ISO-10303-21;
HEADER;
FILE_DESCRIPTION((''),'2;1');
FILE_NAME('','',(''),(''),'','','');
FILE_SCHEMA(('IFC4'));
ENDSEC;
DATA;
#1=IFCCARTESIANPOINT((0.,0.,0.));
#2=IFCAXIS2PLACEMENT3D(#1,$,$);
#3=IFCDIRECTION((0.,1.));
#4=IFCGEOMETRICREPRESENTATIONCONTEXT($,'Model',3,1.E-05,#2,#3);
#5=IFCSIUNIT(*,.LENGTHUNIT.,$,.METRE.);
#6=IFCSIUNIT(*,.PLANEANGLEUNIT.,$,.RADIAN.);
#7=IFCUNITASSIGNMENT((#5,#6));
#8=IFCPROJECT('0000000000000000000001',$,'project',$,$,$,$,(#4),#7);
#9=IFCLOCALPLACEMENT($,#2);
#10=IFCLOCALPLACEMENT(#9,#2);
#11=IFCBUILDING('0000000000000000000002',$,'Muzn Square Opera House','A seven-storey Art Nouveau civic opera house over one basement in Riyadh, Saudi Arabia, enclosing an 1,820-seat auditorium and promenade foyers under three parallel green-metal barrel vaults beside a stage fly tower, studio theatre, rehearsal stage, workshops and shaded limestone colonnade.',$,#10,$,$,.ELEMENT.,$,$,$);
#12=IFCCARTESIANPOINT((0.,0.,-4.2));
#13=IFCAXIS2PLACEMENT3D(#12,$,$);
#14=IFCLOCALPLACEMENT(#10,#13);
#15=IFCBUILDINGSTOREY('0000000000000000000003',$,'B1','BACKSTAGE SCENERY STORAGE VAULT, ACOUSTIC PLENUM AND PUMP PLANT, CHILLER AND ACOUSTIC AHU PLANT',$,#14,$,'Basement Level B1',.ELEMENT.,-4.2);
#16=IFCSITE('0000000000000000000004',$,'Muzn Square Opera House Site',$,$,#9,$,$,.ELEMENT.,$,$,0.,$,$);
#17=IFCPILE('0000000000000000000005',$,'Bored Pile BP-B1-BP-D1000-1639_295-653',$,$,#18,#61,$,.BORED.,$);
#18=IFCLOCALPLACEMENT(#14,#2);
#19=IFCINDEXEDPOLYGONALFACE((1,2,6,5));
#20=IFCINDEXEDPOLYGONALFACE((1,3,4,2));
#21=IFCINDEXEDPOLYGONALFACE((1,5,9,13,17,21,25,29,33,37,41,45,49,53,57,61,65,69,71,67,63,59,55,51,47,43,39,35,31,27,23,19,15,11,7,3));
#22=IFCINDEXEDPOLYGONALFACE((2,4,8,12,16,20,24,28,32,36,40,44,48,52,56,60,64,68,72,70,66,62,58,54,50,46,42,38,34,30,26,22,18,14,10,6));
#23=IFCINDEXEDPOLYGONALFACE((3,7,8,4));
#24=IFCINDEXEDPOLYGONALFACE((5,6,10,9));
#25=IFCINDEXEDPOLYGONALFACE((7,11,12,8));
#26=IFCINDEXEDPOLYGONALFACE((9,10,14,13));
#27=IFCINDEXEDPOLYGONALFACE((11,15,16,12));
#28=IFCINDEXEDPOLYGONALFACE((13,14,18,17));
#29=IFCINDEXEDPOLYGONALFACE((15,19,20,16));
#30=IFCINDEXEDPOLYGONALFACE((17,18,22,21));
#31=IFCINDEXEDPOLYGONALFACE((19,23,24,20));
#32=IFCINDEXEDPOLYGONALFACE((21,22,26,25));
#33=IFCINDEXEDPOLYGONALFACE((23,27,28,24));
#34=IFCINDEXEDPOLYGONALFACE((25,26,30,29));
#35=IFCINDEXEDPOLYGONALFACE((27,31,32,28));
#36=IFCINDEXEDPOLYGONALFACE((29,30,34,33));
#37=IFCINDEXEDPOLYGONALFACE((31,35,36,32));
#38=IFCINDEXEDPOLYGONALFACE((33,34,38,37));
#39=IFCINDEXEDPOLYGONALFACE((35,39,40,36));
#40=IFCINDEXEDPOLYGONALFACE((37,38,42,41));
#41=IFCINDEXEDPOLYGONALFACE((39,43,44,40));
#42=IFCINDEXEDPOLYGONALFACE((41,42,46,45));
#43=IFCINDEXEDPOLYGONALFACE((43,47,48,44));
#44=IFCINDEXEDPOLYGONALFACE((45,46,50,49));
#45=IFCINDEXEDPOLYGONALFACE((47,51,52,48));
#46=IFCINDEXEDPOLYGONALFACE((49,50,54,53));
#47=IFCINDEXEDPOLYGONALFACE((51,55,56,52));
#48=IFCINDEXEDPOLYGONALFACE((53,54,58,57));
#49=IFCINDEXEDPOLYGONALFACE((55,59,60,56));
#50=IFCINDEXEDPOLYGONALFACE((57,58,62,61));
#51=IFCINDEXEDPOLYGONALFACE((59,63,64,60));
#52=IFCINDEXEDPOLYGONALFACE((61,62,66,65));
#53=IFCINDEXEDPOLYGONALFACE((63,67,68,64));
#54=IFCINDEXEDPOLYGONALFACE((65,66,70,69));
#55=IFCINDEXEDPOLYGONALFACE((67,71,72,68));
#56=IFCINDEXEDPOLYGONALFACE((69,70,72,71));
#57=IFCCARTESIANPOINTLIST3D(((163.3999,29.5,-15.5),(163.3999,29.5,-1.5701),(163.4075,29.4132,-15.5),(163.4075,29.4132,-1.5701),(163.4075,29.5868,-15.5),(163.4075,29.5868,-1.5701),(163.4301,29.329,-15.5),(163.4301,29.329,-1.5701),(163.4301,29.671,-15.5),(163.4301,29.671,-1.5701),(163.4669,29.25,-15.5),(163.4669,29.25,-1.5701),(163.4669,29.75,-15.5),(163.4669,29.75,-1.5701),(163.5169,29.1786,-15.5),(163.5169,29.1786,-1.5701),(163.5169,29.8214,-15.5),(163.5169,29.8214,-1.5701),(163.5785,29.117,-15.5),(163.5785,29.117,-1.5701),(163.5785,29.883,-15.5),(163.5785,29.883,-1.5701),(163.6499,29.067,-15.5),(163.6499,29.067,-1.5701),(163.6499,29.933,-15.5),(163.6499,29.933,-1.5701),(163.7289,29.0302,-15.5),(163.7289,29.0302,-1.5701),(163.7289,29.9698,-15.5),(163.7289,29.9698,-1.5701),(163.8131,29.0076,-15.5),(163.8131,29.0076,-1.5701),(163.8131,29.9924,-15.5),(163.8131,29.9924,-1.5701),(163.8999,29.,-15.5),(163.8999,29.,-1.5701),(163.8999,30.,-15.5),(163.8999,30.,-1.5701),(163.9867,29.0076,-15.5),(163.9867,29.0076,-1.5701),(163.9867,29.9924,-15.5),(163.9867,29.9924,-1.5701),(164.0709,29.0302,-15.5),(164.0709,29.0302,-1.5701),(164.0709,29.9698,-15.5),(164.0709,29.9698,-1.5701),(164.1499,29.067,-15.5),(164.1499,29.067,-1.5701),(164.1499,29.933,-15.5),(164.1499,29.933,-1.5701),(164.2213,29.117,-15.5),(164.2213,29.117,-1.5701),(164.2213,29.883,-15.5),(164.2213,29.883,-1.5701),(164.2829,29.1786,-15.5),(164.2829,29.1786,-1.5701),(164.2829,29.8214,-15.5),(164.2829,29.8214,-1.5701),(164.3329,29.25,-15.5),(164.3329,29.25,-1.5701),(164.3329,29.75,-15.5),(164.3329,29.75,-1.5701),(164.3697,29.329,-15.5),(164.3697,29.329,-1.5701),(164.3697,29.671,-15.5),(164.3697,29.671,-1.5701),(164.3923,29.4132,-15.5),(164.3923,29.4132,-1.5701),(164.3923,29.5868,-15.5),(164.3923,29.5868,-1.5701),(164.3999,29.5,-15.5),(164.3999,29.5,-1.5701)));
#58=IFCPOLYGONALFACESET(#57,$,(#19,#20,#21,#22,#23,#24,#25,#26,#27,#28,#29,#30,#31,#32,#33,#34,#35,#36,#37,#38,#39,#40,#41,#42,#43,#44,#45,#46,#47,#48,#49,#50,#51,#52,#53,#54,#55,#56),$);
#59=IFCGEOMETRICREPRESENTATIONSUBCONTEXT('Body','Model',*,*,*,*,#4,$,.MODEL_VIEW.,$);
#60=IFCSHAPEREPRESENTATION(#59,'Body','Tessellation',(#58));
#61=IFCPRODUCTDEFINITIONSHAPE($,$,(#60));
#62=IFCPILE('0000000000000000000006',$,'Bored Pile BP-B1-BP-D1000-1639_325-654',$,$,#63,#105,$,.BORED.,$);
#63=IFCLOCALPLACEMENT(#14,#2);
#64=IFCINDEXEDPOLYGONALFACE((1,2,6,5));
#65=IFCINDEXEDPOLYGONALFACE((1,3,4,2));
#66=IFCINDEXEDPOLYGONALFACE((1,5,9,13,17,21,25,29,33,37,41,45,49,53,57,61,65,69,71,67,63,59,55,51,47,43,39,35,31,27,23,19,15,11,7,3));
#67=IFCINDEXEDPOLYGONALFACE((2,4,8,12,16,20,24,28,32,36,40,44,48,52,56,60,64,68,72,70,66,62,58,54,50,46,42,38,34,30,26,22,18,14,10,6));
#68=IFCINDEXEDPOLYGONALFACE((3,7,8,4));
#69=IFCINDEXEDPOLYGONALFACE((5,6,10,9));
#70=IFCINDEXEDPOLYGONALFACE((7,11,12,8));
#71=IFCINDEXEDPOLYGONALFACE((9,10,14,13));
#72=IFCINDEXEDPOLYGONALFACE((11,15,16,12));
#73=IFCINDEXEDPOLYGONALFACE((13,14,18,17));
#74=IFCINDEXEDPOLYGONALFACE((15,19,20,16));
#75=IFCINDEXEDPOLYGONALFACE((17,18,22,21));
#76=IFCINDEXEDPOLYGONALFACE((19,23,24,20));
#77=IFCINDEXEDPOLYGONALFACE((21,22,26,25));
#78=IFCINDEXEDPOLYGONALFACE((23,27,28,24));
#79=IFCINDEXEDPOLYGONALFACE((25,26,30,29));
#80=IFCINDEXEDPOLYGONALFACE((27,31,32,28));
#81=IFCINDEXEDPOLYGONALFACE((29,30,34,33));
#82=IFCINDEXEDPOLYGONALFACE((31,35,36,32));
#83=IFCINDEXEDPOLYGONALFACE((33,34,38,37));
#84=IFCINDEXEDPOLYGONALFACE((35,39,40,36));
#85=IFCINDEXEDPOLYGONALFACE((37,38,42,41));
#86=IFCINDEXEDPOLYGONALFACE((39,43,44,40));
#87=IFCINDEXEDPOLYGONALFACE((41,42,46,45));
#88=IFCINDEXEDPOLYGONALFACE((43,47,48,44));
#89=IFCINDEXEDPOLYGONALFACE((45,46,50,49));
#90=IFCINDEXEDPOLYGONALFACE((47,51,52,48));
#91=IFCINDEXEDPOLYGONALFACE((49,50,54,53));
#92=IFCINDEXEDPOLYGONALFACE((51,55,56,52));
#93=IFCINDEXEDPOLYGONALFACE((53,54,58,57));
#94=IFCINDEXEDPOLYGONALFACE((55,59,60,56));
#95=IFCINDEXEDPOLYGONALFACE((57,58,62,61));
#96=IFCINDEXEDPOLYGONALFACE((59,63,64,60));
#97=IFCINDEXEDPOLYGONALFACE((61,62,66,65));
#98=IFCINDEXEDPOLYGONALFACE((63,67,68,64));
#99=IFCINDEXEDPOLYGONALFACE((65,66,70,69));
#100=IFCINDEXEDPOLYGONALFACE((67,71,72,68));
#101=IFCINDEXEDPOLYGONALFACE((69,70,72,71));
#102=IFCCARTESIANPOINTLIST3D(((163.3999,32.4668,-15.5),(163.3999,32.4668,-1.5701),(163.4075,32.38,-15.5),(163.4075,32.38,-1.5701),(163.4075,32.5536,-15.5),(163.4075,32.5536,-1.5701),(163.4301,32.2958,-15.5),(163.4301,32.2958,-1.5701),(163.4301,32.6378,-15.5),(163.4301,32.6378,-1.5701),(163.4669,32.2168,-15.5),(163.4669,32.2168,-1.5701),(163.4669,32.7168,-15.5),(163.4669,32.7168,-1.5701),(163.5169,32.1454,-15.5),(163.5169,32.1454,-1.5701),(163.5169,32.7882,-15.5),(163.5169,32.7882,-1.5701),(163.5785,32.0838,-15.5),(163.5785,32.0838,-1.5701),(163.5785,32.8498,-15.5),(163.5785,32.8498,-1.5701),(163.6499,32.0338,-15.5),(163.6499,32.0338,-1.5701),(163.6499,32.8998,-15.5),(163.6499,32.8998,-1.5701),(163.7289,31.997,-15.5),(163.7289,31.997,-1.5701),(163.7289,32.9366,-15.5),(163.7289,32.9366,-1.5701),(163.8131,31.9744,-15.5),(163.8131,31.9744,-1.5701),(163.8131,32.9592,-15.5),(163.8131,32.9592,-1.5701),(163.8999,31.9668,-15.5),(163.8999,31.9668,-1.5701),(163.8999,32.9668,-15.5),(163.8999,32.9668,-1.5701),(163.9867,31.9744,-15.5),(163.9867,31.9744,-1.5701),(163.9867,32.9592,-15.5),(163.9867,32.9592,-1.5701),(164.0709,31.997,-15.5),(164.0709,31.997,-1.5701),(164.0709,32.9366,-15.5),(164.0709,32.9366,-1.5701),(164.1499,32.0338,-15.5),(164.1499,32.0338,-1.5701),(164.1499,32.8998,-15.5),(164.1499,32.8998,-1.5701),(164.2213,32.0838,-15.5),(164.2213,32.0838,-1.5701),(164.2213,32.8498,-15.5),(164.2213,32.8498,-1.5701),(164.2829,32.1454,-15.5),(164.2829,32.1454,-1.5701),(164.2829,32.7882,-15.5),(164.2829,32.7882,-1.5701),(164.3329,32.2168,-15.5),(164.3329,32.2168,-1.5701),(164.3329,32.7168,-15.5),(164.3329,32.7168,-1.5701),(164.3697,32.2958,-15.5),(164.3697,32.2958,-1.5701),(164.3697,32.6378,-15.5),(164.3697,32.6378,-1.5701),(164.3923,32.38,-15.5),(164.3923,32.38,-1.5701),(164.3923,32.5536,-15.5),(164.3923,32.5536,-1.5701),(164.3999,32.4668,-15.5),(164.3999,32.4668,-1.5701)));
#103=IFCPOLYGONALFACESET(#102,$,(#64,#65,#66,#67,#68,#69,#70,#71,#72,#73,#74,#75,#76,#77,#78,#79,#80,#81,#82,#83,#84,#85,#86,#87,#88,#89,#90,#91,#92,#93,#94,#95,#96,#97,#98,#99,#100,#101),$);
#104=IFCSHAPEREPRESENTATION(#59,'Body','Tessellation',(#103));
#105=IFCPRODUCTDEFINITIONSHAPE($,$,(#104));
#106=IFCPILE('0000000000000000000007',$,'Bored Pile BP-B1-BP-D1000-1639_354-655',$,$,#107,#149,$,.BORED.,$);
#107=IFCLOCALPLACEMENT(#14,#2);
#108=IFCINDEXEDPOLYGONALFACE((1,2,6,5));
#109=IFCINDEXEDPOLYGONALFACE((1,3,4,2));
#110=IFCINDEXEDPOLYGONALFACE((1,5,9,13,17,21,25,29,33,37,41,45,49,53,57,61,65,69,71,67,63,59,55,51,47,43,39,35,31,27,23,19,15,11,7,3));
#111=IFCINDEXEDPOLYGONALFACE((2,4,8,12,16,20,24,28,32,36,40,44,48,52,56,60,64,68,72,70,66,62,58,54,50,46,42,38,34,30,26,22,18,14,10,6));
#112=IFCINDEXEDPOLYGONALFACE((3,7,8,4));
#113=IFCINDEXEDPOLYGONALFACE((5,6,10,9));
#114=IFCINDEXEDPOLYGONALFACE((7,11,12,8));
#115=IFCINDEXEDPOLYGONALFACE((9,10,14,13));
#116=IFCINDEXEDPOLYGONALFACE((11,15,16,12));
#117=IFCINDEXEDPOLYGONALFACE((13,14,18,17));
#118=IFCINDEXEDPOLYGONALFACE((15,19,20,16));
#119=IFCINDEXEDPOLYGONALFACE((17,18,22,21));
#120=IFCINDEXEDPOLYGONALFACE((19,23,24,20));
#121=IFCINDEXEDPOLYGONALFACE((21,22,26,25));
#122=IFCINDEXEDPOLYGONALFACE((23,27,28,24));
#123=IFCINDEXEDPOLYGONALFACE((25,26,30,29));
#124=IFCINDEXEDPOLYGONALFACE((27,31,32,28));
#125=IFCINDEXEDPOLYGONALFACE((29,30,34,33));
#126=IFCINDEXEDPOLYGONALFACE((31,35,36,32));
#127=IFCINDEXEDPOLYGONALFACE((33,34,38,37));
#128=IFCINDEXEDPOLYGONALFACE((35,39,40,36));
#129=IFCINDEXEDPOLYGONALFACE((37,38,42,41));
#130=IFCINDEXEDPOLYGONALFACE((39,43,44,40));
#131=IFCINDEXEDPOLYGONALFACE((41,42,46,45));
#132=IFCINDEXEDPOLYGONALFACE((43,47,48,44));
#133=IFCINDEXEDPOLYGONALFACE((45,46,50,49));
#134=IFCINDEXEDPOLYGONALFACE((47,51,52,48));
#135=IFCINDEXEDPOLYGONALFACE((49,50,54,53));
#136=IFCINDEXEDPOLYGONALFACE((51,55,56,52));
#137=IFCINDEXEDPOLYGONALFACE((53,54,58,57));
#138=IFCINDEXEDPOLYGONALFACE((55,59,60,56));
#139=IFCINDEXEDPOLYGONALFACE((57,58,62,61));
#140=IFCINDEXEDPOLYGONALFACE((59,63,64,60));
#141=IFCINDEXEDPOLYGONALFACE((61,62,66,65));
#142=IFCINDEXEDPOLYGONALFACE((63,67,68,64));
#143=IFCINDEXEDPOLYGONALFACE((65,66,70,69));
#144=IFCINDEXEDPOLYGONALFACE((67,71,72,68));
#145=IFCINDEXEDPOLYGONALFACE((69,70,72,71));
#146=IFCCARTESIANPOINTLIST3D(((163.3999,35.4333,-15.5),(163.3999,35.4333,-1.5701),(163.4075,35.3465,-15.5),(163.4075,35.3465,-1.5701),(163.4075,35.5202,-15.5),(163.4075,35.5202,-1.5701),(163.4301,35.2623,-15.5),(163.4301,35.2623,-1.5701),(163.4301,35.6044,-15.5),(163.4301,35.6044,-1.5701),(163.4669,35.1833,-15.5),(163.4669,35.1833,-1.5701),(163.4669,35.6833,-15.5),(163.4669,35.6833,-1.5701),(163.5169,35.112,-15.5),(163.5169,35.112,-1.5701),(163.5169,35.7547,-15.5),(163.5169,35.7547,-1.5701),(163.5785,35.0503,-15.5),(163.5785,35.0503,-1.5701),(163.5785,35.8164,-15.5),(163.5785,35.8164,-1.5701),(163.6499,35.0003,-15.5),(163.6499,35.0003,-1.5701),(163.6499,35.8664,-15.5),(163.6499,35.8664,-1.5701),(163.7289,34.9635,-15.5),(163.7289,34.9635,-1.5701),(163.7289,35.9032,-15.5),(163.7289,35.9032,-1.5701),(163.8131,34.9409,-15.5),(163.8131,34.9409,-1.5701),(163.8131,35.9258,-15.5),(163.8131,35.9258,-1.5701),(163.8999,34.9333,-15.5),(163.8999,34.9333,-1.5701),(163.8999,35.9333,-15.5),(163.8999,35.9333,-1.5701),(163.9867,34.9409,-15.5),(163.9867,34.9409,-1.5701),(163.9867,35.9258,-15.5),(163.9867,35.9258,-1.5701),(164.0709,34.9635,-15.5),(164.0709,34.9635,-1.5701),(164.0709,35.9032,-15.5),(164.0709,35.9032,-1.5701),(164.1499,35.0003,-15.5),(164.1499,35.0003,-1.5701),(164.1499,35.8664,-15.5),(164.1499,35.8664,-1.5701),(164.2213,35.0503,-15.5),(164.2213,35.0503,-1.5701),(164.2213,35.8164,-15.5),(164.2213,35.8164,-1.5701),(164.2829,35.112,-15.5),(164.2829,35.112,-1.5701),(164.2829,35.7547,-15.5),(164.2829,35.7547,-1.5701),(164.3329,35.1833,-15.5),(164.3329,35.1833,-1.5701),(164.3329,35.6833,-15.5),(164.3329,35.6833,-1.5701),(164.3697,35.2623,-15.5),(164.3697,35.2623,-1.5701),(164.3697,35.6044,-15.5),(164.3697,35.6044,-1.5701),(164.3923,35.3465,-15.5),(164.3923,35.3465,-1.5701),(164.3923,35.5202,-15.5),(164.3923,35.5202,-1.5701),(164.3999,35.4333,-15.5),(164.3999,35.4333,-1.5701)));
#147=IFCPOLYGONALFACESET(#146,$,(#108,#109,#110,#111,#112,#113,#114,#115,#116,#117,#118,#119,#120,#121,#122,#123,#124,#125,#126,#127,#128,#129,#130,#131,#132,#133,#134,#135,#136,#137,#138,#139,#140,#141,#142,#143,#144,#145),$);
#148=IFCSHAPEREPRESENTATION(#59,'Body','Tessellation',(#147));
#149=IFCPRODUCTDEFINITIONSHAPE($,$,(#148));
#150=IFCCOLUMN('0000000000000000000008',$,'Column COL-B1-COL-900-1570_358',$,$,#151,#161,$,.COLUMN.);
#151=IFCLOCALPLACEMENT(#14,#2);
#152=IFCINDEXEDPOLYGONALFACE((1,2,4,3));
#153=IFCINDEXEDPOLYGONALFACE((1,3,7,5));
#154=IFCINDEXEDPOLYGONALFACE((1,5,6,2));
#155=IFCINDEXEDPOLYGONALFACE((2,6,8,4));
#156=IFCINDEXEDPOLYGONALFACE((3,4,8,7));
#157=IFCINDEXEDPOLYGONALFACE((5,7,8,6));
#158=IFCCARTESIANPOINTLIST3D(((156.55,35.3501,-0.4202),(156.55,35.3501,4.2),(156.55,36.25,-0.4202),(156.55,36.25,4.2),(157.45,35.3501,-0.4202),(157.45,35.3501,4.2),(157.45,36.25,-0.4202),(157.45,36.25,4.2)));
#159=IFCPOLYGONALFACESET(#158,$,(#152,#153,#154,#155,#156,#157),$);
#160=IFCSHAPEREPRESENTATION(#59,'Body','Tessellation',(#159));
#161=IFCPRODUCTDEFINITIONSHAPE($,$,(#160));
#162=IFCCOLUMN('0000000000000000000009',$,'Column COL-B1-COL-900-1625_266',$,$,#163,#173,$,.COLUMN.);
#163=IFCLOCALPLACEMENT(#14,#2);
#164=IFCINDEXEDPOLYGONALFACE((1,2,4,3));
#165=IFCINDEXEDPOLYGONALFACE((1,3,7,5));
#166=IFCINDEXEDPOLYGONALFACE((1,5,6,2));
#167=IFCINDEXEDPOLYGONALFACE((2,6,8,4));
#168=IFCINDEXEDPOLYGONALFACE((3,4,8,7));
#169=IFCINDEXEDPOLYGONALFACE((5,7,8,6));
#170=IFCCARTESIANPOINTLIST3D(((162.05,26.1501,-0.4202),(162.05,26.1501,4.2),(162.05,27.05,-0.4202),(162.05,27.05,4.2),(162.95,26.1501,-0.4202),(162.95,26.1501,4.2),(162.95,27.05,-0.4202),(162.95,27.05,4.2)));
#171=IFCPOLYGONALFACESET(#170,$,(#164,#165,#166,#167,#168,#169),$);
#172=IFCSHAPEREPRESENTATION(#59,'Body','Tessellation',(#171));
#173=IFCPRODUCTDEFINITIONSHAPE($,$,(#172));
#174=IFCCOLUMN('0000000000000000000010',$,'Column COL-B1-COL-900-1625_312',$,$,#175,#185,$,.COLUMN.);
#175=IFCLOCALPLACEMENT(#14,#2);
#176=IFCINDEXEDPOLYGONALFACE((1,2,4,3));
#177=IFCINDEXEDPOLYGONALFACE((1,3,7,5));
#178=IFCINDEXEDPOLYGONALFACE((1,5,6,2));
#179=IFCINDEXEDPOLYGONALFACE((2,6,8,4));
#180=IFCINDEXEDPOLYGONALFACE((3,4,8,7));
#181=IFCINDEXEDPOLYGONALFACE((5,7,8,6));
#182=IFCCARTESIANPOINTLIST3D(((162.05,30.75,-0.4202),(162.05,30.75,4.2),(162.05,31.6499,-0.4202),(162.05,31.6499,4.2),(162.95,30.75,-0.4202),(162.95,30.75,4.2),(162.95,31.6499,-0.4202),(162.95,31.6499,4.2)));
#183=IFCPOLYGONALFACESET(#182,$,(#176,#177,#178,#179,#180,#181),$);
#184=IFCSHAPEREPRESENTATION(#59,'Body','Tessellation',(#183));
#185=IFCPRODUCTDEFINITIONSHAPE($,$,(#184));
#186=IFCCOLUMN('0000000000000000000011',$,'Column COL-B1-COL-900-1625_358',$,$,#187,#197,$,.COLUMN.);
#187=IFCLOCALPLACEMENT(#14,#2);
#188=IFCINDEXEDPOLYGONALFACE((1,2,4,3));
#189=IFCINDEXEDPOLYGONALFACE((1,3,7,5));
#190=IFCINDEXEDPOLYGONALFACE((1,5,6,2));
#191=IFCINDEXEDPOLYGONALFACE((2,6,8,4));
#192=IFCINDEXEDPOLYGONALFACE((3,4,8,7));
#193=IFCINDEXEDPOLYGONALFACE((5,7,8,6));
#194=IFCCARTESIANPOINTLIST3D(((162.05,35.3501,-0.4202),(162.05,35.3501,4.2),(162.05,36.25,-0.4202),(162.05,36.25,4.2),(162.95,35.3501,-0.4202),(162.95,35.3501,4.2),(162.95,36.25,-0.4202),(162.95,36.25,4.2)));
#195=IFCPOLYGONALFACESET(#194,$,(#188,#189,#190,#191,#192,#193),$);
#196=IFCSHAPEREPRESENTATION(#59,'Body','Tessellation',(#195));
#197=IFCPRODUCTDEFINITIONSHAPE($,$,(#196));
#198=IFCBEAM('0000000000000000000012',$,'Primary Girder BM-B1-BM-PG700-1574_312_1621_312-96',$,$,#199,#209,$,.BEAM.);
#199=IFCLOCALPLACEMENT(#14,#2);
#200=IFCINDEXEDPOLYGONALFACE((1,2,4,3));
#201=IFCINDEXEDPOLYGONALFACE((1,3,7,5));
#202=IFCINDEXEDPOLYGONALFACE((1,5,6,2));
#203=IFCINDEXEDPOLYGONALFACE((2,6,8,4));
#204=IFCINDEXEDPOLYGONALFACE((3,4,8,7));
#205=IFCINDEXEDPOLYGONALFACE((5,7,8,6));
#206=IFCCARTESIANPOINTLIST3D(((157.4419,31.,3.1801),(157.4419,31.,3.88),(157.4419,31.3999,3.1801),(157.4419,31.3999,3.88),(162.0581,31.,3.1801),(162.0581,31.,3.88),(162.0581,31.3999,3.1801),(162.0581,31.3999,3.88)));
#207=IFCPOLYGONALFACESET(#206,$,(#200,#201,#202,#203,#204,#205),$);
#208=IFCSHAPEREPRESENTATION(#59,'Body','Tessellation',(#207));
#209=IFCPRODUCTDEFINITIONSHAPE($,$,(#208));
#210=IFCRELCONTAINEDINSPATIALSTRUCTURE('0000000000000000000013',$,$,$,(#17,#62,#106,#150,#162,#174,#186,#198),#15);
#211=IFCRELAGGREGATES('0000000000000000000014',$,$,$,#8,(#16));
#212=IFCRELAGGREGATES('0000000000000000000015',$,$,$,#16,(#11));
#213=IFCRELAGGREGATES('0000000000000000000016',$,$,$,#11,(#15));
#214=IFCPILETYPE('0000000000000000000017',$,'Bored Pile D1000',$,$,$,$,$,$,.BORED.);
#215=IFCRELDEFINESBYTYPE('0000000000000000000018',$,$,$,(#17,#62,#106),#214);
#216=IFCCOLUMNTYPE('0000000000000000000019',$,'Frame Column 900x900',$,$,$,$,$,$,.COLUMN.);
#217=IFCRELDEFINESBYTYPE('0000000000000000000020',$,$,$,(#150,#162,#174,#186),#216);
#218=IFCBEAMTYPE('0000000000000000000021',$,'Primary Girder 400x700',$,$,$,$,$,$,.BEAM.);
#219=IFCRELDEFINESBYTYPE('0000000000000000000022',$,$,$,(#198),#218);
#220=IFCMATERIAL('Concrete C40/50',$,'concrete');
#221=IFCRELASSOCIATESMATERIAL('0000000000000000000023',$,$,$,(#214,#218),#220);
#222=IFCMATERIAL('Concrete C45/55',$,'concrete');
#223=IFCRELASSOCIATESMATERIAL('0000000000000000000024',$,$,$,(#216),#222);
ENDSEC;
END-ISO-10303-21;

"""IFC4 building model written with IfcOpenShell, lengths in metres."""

from ifc_helpers import new_model, si_unit, direction, frame, origin, origin_2d, place, context, subcontext, project, spatial, rectangle, circle, extrude, material, material_profile, profile_set, type_object, element, save


model = new_model("IFC4")

# Units and contexts
model_context = context("Model", 3, precision=1e-05, world=origin(), true_north=direction((0.0, 1.0)))
body_context = subcontext(model_context, "Body", "Model", "MODEL_VIEW")
ifc_project = project(units=[si_unit("LENGTHUNIT", "METRE"), si_unit("PLANEANGLEUNIT", "RADIAN")], contexts=[model_context])

# Site, building, storey
site_placement = place(None, origin())
site = spatial("IfcSite", under=ifc_project, at=site_placement, Name="Muzn Square Opera House Site", CompositionType="ELEMENT", RefElevation=0.0)
building_placement = place(site_placement, origin())
building = spatial("IfcBuilding", under=site, at=building_placement, Name="Muzn Square Opera House", Description="A seven-storey Art Nouveau civic opera house over one basement in Riyadh, Saudi Arabia, enclosing an 1,820-seat auditorium and promenade foyers under three parallel green-metal barrel vaults beside a stage fly tower, studio theatre, rehearsal stage, workshops and shaded limestone colonnade.", CompositionType="ELEMENT")
storey_placement = place(building_placement, frame((0.0, 0.0, -4.2)))
storey = spatial("IfcBuildingStorey", under=building, at=storey_placement, Name="B1", Description="BACKSTAGE SCENERY STORAGE VAULT, ACOUSTIC PLENUM AND PUMP PLANT, CHILLER AND ACOUSTIC AHU PLANT", LongName="Basement Level B1", CompositionType="ELEMENT", Elevation=-4.2)

# Piles
ifc_material_1 = material(Name="Concrete C40/50", Category="concrete")
ifc_material_profile_1 = material_profile(ifc_material_1, circle(Radius=0.5, at=origin_2d()), Name="BORED PILE D1000", Category="concrete")
ifc_profile_set_1 = profile_set([ifc_material_profile_1], Name="Concrete C40/50")
pile_type = type_object("IfcPileType", Name="Bored Pile D1000", PredefinedType="BORED", material=ifc_profile_set_1)
for number, where, z_axis, x_axis, name in (
    (1, (163.8999, 29.5, -1.5701), (0.0, 0.0, -1.0), (1.0, 0.0, 0.0), "Bored Pile BP-B1-BP-D1000-1639_295-653"),
    (2, (163.8999, 32.4668, -1.5701), (0.0, 0.0, -1.0), (1.0, 0.0, 0.0), "Bored Pile BP-B1-BP-D1000-1639_325-654"),
    (3, (163.8999, 35.4333, -1.5701), (0.0, 0.0, -1.0), (1.0, 0.0, 0.0), "Bored Pile BP-B1-BP-D1000-1639_354-655"),
):
    element("IfcPile", number, at=place(storey_placement, frame(where, z_axis=z_axis, x_axis=x_axis)), inside=storey, type_object=pile_type, Name=name, PredefinedType="BORED", context=body_context, shape_type="SweptSolid", body=[
        extrude(circle(Radius=0.5, at=origin_2d()), origin(), (0.0, 0.0, 1.0), 13.9299),
    ])

# Columns
ifc_material_2 = material(Name="Concrete C45/55", Category="concrete")
ifc_material_profile_2 = material_profile(ifc_material_2, rectangle(XDim=0.8999, YDim=0.8999, at=origin_2d()), Name="RC 900x900", Category="concrete")
ifc_profile_set_2 = profile_set([ifc_material_profile_2], Name="Concrete C45/55")
column_type = type_object("IfcColumnType", Name="Frame Column 900x900", PredefinedType="COLUMN", material=ifc_profile_set_2)
for number, where, z_axis, x_axis, name in (
    (4, (157.0, 35.8, -0.4202), (0.0, 0.0, 1.0), (1.0, 0.0, 0.0), "Column COL-B1-COL-900-1570_358"),
    (5, (162.5, 26.6001, -0.4202), (0.0, 0.0, 1.0), (1.0, 0.0, 0.0), "Column COL-B1-COL-900-1625_266"),
    (6, (162.5, 31.2, -0.4202), (0.0, 0.0, 1.0), (1.0, 0.0, 0.0), "Column COL-B1-COL-900-1625_312"),
    (7, (162.5, 35.8, -0.4202), (0.0, 0.0, 1.0), (1.0, 0.0, 0.0), "Column COL-B1-COL-900-1625_358"),
):
    element("IfcColumn", number, at=place(storey_placement, frame(where, z_axis=z_axis, x_axis=x_axis)), inside=storey, type_object=column_type, Name=name, PredefinedType="COLUMN", context=body_context, shape_type="SweptSolid", body=[
        extrude(rectangle(XDim=0.8999, YDim=0.8999, at=origin_2d()), origin(), (0.0, 0.0, 1.0), 4.6201),
    ])

# Beam
ifc_material_profile_3 = material_profile(ifc_material_1, rectangle(XDim=0.3999, YDim=0.7, at=origin_2d()), Name="RCB 400x700", Category="concrete")
ifc_profile_set_3 = profile_set([ifc_material_profile_3], Name="Concrete C40/50")
beam_type_1 = type_object("IfcBeamType", Name="Primary Girder 400x700", PredefinedType="BEAM", material=ifc_profile_set_3)
for number, where, z_axis, x_axis, name in (
    (8, (157.4419, 31.2, 3.53), (1.0, 0.0, 0.0), (0.0, 1.0, 0.0), "Primary Girder BM-B1-BM-PG700-1574_312_1621_312-96"),
):
    element("IfcBeam", number, at=place(storey_placement, frame(where, z_axis=z_axis, x_axis=x_axis)), inside=storey, type_object=beam_type_1, Name=name, PredefinedType="BEAM", context=body_context, shape_type="SweptSolid", body=[
        extrude(rectangle(XDim=0.3999, YDim=0.7, at=origin_2d()), origin(), (0.0, 0.0, 1.0), 4.6162),
    ])

save(model, "model.ifc")
